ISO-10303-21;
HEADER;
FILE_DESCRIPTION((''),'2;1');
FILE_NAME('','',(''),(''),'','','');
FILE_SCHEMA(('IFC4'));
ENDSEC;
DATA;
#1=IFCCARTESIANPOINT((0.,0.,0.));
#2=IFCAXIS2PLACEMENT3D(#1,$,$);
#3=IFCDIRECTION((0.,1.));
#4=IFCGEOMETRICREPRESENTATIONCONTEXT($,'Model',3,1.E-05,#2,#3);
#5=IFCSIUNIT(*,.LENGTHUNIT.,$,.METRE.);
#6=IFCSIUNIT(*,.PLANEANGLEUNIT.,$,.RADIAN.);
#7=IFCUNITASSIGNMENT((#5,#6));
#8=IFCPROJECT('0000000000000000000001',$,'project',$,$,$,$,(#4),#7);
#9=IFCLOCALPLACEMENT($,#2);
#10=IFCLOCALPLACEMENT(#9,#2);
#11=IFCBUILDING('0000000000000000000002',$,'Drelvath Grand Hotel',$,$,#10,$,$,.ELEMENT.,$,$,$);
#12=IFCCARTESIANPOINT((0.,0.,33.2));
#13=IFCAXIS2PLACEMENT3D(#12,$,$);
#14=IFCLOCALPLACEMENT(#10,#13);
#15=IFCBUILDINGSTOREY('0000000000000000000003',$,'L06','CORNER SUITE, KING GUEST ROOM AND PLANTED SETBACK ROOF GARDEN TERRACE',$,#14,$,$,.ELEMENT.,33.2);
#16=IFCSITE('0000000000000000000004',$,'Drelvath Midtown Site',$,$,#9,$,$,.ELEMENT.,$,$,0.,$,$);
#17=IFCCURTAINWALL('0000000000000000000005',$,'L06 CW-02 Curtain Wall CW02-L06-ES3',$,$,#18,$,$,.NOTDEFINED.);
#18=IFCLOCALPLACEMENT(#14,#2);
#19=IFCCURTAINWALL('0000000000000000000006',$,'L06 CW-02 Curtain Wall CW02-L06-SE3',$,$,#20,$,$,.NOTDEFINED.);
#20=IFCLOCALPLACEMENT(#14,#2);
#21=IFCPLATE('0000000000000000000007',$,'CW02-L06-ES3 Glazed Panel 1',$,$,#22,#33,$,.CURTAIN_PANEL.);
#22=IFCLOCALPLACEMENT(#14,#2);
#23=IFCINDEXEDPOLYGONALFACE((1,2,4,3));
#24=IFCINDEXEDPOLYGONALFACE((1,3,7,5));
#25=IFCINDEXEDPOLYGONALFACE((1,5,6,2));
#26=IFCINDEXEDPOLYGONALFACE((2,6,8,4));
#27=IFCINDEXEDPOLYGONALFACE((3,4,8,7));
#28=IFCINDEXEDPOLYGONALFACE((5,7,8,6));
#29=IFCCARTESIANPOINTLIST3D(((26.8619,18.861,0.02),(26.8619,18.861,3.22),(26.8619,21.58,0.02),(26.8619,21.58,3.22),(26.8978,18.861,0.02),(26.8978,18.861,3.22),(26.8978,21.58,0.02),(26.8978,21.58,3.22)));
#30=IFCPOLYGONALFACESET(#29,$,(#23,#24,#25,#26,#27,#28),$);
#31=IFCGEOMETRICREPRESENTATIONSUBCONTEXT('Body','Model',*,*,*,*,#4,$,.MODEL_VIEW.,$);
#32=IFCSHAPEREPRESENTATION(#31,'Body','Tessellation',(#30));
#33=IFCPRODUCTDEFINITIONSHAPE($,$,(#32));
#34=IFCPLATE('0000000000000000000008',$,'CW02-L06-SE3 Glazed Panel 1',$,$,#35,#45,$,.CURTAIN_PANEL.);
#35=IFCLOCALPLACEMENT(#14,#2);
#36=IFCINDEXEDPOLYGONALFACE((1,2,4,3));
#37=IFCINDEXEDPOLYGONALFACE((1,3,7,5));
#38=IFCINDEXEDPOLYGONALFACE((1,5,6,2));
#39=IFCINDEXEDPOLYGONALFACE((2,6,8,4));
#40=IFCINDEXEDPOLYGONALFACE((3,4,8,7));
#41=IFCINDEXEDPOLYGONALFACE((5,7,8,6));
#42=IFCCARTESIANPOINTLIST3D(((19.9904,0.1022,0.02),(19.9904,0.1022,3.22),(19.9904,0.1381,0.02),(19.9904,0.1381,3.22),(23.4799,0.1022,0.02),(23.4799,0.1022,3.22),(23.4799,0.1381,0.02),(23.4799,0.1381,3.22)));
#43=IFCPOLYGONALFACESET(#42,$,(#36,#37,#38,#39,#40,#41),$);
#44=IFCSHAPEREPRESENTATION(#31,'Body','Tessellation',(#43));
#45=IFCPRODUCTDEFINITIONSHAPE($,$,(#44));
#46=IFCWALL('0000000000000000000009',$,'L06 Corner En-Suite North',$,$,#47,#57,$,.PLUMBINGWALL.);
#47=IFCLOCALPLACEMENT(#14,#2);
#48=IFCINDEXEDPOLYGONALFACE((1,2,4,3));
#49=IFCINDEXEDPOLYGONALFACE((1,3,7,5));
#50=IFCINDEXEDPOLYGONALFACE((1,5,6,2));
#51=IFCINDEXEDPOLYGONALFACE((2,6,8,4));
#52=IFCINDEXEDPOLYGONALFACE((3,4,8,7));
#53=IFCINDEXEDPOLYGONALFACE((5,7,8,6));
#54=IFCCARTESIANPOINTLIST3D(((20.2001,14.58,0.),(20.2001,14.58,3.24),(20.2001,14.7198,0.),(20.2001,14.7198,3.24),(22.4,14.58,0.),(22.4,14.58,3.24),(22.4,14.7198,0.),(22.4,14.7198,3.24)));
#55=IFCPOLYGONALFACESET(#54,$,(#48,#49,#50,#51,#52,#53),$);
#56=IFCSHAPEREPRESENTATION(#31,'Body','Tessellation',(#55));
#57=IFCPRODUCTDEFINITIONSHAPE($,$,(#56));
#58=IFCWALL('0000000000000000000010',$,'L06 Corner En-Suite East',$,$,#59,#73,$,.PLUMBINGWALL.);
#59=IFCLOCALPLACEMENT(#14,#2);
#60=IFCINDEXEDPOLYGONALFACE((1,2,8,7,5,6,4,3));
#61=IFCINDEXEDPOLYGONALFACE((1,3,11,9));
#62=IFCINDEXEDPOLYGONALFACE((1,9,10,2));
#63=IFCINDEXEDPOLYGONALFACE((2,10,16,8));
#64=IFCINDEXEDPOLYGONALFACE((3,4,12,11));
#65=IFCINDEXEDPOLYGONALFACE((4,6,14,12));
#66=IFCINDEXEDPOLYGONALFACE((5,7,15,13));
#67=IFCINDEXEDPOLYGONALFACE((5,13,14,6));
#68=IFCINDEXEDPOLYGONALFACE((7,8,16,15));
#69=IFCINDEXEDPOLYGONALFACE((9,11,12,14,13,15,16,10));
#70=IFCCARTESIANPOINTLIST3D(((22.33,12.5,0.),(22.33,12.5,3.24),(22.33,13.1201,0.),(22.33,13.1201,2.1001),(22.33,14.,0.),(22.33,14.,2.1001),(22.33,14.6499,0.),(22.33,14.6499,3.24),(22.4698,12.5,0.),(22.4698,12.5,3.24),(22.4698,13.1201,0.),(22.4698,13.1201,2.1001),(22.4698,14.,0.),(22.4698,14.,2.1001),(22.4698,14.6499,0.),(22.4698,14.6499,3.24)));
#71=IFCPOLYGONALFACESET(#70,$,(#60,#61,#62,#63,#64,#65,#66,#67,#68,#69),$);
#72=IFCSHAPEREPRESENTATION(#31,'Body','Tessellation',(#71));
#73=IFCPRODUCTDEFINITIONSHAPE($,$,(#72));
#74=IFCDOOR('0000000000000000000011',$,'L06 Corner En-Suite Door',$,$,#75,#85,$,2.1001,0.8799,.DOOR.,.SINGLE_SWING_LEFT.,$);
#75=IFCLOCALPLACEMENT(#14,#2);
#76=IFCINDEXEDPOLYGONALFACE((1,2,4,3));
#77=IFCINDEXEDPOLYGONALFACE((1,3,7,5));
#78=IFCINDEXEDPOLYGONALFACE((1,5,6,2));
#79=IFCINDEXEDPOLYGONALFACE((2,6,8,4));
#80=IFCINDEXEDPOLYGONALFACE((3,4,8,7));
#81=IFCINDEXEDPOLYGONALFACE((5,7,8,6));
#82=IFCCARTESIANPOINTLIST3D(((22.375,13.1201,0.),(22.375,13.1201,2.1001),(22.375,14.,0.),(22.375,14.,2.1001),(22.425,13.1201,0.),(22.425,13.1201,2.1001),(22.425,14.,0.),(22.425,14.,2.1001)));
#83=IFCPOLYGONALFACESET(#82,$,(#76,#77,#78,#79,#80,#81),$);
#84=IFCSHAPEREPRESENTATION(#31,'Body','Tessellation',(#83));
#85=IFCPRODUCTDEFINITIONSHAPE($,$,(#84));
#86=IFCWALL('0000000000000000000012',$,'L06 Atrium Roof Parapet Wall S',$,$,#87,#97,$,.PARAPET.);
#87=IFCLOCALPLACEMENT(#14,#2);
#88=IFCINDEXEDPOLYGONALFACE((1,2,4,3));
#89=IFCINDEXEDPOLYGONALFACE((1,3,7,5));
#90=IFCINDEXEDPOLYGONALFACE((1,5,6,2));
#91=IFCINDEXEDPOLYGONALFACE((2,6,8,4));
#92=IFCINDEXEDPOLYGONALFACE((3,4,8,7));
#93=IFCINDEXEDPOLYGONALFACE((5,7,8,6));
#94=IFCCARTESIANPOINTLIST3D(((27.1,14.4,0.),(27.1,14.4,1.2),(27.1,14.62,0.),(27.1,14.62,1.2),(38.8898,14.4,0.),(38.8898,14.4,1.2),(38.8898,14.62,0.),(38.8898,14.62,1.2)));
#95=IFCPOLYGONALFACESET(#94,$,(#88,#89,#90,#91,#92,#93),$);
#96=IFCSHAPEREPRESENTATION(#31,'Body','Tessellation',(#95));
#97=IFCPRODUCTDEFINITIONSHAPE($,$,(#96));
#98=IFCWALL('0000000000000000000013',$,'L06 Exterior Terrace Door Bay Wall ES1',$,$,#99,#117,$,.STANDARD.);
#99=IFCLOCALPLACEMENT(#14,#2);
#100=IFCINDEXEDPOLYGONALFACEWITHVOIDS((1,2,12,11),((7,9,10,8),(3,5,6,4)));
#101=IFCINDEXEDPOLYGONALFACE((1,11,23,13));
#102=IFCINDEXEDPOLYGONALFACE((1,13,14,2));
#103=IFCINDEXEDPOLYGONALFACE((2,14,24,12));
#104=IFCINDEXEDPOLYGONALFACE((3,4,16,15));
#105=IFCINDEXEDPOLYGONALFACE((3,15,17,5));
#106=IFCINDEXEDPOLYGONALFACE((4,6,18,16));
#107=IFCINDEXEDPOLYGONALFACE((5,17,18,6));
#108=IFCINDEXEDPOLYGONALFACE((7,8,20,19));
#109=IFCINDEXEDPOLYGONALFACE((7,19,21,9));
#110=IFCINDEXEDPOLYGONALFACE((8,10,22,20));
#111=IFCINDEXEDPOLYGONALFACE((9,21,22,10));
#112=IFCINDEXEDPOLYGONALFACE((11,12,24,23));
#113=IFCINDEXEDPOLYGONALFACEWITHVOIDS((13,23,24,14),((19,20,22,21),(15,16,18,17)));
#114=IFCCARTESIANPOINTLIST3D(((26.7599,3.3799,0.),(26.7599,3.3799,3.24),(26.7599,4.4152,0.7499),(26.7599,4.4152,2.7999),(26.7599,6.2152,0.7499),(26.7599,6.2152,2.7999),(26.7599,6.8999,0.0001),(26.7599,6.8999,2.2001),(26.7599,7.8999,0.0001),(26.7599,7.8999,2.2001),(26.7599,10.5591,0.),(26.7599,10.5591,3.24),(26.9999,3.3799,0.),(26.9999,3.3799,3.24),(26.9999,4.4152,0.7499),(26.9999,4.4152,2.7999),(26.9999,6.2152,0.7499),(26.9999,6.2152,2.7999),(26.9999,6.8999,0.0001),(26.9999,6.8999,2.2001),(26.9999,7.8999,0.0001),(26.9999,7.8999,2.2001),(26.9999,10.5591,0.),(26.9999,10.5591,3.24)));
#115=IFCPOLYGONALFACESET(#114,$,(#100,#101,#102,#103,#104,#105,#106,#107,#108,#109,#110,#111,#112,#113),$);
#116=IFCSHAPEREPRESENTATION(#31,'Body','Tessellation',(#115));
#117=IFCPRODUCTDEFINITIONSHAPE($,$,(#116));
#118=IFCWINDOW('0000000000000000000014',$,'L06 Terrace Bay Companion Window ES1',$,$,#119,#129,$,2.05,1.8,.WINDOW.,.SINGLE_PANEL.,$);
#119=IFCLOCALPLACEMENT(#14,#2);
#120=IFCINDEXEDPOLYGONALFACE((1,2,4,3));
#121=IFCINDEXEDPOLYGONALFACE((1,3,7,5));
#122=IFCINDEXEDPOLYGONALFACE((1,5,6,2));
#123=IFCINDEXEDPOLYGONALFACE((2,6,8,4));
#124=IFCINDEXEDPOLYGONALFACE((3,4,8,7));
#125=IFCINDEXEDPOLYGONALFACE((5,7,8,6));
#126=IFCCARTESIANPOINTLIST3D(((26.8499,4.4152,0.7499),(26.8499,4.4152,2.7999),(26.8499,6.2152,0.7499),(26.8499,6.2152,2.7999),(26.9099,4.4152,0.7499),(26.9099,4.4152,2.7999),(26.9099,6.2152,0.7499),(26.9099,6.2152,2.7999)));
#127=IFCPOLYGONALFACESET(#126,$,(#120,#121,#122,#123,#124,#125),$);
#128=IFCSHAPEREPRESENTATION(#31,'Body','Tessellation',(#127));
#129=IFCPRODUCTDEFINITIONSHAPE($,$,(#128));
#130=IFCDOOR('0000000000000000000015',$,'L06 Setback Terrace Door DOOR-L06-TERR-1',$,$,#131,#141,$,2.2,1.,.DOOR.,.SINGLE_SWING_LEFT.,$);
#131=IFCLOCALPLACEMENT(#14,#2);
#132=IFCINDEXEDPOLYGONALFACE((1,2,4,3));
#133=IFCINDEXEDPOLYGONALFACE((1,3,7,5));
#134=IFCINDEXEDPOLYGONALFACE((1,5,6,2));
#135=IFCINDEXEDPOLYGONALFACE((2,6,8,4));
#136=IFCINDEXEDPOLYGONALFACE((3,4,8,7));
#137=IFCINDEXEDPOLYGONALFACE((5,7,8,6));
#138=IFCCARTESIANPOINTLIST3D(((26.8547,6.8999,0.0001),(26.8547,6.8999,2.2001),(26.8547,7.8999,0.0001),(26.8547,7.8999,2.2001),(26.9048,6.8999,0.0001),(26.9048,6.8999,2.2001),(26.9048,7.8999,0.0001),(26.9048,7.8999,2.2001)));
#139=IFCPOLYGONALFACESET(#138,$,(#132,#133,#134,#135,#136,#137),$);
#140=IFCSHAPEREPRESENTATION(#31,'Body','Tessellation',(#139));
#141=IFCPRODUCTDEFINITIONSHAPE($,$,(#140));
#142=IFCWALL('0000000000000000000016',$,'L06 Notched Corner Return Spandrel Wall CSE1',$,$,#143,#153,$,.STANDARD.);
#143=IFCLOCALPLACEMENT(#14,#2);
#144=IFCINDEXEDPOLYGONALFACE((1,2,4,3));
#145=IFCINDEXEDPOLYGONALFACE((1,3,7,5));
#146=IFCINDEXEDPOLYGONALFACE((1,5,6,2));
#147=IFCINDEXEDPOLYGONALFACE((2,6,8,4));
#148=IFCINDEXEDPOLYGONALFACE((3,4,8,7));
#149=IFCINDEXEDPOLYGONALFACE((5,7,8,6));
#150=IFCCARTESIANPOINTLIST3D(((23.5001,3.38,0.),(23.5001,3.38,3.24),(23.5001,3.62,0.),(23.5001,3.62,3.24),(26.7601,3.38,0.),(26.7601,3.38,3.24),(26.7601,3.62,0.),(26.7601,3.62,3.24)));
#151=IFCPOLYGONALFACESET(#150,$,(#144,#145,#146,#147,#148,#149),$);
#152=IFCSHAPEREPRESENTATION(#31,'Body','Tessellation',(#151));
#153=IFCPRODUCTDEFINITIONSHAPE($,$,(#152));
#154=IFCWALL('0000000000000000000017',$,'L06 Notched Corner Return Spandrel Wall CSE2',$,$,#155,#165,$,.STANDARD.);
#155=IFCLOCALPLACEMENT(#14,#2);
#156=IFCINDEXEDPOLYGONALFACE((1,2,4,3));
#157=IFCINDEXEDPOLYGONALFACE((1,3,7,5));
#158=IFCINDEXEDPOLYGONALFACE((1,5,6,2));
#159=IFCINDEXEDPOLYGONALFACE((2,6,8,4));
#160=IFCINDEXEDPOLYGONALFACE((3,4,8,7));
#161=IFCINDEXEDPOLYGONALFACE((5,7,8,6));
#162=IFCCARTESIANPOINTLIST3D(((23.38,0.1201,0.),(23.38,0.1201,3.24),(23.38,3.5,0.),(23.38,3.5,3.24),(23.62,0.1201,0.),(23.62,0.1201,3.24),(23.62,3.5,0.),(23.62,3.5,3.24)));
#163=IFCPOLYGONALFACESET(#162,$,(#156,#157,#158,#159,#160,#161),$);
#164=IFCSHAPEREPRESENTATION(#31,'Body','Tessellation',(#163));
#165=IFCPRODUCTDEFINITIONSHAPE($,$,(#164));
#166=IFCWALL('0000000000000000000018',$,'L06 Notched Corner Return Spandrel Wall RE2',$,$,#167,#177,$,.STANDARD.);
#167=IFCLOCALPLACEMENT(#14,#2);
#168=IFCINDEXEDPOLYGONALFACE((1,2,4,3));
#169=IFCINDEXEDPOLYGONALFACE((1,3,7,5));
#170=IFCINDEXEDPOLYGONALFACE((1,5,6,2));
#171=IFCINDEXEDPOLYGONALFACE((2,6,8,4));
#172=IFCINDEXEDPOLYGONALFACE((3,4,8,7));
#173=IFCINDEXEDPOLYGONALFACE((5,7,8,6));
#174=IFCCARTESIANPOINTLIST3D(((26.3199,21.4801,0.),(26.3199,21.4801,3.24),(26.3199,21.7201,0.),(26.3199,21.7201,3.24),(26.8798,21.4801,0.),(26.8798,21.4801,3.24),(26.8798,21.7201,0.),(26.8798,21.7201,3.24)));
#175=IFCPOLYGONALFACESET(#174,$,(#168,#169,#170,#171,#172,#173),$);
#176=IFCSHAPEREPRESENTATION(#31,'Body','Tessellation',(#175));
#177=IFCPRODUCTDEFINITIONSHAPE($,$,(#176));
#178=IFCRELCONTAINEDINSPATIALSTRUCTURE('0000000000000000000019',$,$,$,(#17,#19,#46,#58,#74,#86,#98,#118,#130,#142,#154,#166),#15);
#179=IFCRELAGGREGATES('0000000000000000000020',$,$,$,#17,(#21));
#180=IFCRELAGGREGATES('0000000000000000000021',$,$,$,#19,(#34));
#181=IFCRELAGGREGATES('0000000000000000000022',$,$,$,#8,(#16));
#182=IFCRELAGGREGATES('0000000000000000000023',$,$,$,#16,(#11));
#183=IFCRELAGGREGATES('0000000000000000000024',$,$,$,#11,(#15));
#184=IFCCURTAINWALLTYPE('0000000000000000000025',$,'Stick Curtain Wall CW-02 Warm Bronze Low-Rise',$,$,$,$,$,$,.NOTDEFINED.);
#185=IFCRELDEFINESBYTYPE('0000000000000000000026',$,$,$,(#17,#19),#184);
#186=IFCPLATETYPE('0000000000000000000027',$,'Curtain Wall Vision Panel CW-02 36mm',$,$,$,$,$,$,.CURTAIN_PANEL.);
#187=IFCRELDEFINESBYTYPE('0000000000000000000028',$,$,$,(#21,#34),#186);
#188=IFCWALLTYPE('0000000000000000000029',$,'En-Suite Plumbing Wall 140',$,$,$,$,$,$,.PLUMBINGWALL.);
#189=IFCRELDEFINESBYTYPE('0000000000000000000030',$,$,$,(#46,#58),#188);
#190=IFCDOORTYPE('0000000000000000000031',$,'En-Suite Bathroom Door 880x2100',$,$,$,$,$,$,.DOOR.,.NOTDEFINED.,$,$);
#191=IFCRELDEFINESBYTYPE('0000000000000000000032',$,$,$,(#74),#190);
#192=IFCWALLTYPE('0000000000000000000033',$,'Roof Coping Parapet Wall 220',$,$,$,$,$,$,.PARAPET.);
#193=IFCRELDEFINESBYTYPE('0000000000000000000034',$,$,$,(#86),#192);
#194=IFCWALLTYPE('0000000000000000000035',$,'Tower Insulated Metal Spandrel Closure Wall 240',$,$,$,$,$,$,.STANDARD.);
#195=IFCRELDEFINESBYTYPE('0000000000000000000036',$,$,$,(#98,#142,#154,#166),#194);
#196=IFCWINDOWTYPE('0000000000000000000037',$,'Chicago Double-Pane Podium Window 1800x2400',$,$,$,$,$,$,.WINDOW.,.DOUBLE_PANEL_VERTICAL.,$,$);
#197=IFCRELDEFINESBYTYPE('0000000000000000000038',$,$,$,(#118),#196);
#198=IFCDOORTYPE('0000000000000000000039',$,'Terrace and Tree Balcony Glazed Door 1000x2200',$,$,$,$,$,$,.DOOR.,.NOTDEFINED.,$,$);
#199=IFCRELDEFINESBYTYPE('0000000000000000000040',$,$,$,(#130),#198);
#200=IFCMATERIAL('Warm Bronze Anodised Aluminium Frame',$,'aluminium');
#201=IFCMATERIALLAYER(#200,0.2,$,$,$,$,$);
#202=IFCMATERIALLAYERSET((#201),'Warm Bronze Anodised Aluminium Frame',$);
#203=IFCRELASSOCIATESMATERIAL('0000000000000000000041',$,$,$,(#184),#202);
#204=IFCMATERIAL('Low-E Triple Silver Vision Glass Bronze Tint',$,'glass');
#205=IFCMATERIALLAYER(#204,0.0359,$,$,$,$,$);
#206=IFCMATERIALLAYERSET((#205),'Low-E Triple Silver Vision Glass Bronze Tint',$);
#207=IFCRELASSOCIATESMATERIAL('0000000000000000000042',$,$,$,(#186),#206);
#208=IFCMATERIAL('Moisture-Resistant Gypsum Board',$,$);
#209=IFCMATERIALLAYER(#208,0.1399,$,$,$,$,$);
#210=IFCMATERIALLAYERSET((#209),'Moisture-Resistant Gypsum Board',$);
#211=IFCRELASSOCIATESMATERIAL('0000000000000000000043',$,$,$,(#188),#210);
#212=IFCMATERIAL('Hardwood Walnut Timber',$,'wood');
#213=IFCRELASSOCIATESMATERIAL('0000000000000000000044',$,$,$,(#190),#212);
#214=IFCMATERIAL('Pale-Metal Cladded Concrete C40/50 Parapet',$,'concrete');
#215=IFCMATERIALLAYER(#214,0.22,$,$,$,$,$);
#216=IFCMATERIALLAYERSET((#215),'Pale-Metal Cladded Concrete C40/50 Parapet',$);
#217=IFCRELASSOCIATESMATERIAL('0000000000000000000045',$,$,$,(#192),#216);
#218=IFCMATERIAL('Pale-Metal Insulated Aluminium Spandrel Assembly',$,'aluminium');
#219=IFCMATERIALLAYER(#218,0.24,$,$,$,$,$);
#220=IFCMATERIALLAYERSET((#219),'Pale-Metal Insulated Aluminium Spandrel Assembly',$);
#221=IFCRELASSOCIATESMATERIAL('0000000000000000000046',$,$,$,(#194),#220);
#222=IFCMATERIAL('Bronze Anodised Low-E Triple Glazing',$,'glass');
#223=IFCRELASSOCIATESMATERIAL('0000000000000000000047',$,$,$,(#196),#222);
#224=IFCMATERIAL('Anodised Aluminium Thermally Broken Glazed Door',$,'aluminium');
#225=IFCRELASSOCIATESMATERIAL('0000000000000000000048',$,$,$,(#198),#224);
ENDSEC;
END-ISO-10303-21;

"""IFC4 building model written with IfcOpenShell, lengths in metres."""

from ifc_helpers import new_model, si_unit, direction, frame, frame_2d, origin, origin_2d, place, context, subcontext, project, spatial, rectangle, extrude, material, layer, layer_set, type_object, element, fill, aggregate, save


model = new_model("IFC4")

# Units and contexts
model_context = context("Model", 3, precision=1e-05, world=origin(), true_north=direction((0.0, 1.0)))
body_context = subcontext(model_context, "Body", "Model", "MODEL_VIEW")
ifc_project = project(units=[si_unit("LENGTHUNIT", "METRE"), si_unit("PLANEANGLEUNIT", "RADIAN")], contexts=[model_context])

# Site, building, storey
site_placement = place(None, origin())
site = spatial("IfcSite", under=ifc_project, at=site_placement, Name="Drelvath Midtown Site", CompositionType="ELEMENT", RefElevation=0.0)
building_placement = place(site_placement, origin())
building = spatial("IfcBuilding", under=site, at=building_placement, Name="Drelvath Grand Hotel", CompositionType="ELEMENT")
storey_placement = place(building_placement, frame((0.0, 0.0, 33.2)))
storey = spatial("IfcBuildingStorey", under=building, at=storey_placement, Name="L06", Description="CORNER SUITE, KING GUEST ROOM AND PLANTED SETBACK ROOF GARDEN TERRACE", CompositionType="ELEMENT", Elevation=33.2)

# Curtain walls
ifc_material_1 = material(Name="Warm Bronze Anodised Aluminium Frame", Category="aluminium")
ifc_layer_1 = layer(ifc_material_1, 0.2)
ifc_layer_set_1 = layer_set([ifc_layer_1], Name="Warm Bronze Anodised Aluminium Frame")
curtain_wall_type = type_object("IfcCurtainWallType", Name="Stick Curtain Wall CW-02 Warm Bronze Low-Rise", PredefinedType="NOTDEFINED", material=ifc_layer_set_1)
curtain_wall_1_placement = place(storey_placement, origin())
curtain_wall_1 = element("IfcCurtainWall", 1, at=curtain_wall_1_placement, inside=storey, type_object=curtain_wall_type, Name="L06 CW-02 Curtain Wall CW02-L06-ES3", PredefinedType="NOTDEFINED")
curtain_wall_2_placement = place(storey_placement, origin())
curtain_wall_2 = element("IfcCurtainWall", 2, at=curtain_wall_2_placement, inside=storey, type_object=curtain_wall_type, Name="L06 CW-02 Curtain Wall CW02-L06-SE3", PredefinedType="NOTDEFINED")

# Plates
ifc_material_2 = material(Name="Low-E Triple Silver Vision Glass Bronze Tint", Category="glass")
ifc_layer_2 = layer(ifc_material_2, 0.0359)
ifc_layer_set_2 = layer_set([ifc_layer_2], Name="Low-E Triple Silver Vision Glass Bronze Tint")
plate_type = type_object("IfcPlateType", Name="Curtain Wall Vision Panel CW-02 36mm", PredefinedType="CURTAIN_PANEL", material=ifc_layer_set_2)
plate_1_placement = place(storey_placement, frame((26.8799, 20.2205, 0.02), z_axis=(0.0, 0.0, 1.0), x_axis=(0.0, -1.0, 0.0)))
plate_1 = element("IfcPlate", 3, at=plate_1_placement, type_object=plate_type, Name="CW02-L06-ES3 Glazed Panel 1", PredefinedType="CURTAIN_PANEL", context=body_context, shape_type="SweptSolid", body=[
    extrude(rectangle(XDim=2.719, YDim=0.0359, at=origin_2d()), origin(), (0.0, 0.0, 1.0), 3.2),
])
aggregate(curtain_wall_1, [plate_1])
plate_2_placement = place(storey_placement, frame((21.7351, 0.1201, 0.02), z_axis=(0.0, 0.0, 1.0), x_axis=(-1.0, 0.0, 0.0)))
plate_2 = element("IfcPlate", 4, at=plate_2_placement, type_object=plate_type, Name="CW02-L06-SE3 Glazed Panel 1", PredefinedType="CURTAIN_PANEL", context=body_context, shape_type="SweptSolid", body=[
    extrude(rectangle(XDim=3.4895, YDim=0.0359, at=origin_2d()), origin(), (0.0, 0.0, 1.0), 3.2),
])
aggregate(curtain_wall_2, [plate_2])

# Wall
ifc_material_3 = material(Name="Moisture-Resistant Gypsum Board")
ifc_layer_3 = layer(ifc_material_3, 0.1399)
ifc_layer_set_3 = layer_set([ifc_layer_3], Name="Moisture-Resistant Gypsum Board")
wall_type_1 = type_object("IfcWallType", Name="En-Suite Plumbing Wall 140", PredefinedType="PLUMBINGWALL", material=ifc_layer_set_3)
wall_1_placement = place(storey_placement, frame((20.2, 14.6499, 0.0), z_axis=(0.0, 0.0, 1.0), x_axis=(1.0, 0.0, 0.0)))
element("IfcWall", 5, at=wall_1_placement, inside=storey, type_object=wall_type_1, Name="L06 Corner En-Suite North", PredefinedType="PLUMBINGWALL", context=body_context, shape_type="SweptSolid", body=[
    extrude(rectangle(XDim=2.2, YDim=0.1399, at=frame_2d((1.1001, 0.0))), origin(), (0.0, 0.0, 1.0), 3.24),
])

# Wall, opening, door
wall_2_placement = place(storey_placement, frame((22.3999, 12.5, 0.0), z_axis=(0.0, 0.0, 1.0), x_axis=(0.0, 1.0, 0.0)))
wall_2 = element("IfcWall", 6, at=wall_2_placement, inside=storey, type_object=wall_type_1, Name="L06 Corner En-Suite East", PredefinedType="PLUMBINGWALL", context=body_context, shape_type="SweptSolid", body=[
    extrude(rectangle(XDim=2.1499, YDim=0.1399, at=frame_2d((1.075, 0.0))), origin(), (0.0, 0.0, 1.0), 3.24),
])
opening_1_placement = place(wall_2_placement, frame((0.6201, 0.0, 0.0)))
opening_1 = element("IfcOpeningElement", 7, at=opening_1_placement, cuts=wall_2, PredefinedType="OPENING", context=body_context, shape_type="SweptSolid", body=[
    extrude(rectangle(XDim=0.8799, YDim=2.1001, at=frame_2d((0.4399, 1.05))), frame((0.0, 0.0798, 0.0), z_axis=(0.0, -1.0, 0.0), x_axis=(1.0, 0.0, 0.0)), (0.0, 0.0, 1.0), 0.1599),
])
ifc_material_4 = material(Name="Hardwood Walnut Timber", Category="wood")
door_type_1 = type_object("IfcDoorType", Name="En-Suite Bathroom Door 880x2100", OperationType="NOTDEFINED", PredefinedType="DOOR", material=ifc_material_4)
door_1_placement = place(opening_1_placement, origin())
door_1 = element("IfcDoor", 8, at=door_1_placement, inside=storey, type_object=door_type_1, Name="L06 Corner En-Suite Door", OperationType="SINGLE_SWING_LEFT", OverallHeight=2.1001, OverallWidth=0.8799, PredefinedType="DOOR", context=body_context, shape_type="SweptSolid", body=[
    extrude(rectangle(XDim=0.8799, YDim=2.1001, at=frame_2d((0.4399, 1.05))), frame((0.0, 0.0249, 0.0), z_axis=(0.0, -1.0, 0.0), x_axis=(1.0, 0.0, 0.0)), (0.0, 0.0, 1.0), 0.05),
])
fill(opening_1, door_1)

# Wall
ifc_material_5 = material(Name="Pale-Metal Cladded Concrete C40/50 Parapet", Category="concrete")
ifc_layer_4 = layer(ifc_material_5, 0.22)
ifc_layer_set_4 = layer_set([ifc_layer_4], Name="Pale-Metal Cladded Concrete C40/50 Parapet")
wall_type_2 = type_object("IfcWallType", Name="Roof Coping Parapet Wall 220", PredefinedType="PARAPET", material=ifc_layer_set_4)
wall_3_placement = place(storey_placement, frame((38.8899, 14.51, 0.0), z_axis=(0.0, 0.0, 1.0), x_axis=(-1.0, 0.0, 0.0)))
element("IfcWall", 9, at=wall_3_placement, inside=storey, type_object=wall_type_2, Name="L06 Atrium Roof Parapet Wall S", PredefinedType="PARAPET", context=body_context, shape_type="SweptSolid", body=[
    extrude(rectangle(XDim=11.7898, YDim=0.22, at=frame_2d((5.895, 0.0))), origin(), (0.0, 0.0, 1.0), 1.2),
])

# Wall, openings, window, door
ifc_material_6 = material(Name="Pale-Metal Insulated Aluminium Spandrel Assembly", Category="aluminium")
ifc_layer_5 = layer(ifc_material_6, 0.24)
ifc_layer_set_5 = layer_set([ifc_layer_5], Name="Pale-Metal Insulated Aluminium Spandrel Assembly")
wall_type_3 = type_object("IfcWallType", Name="Tower Insulated Metal Spandrel Closure Wall 240", PredefinedType="STANDARD", material=ifc_layer_set_5)
wall_4_placement = place(storey_placement, frame((26.8799, 10.5591, 0.0), z_axis=(0.0, 0.0, 1.0), x_axis=(0.0, -1.0, 0.0)))
wall_4 = element("IfcWall", 10, at=wall_4_placement, inside=storey, type_object=wall_type_3, Name="L06 Exterior Terrace Door Bay Wall ES1", PredefinedType="STANDARD", context=body_context, shape_type="SweptSolid", body=[
    extrude(rectangle(XDim=7.1792, YDim=0.24, at=frame_2d((3.5896, 0.0))), origin(), (0.0, 0.0, 1.0), 3.24),
])
opening_2_placement = place(wall_4_placement, frame((2.6592, 0.0, 0.0)))
opening_2 = element("IfcOpeningElement", 11, at=opening_2_placement, cuts=wall_4, PredefinedType="OPENING", context=body_context, shape_type="SweptSolid", body=[
    extrude(rectangle(XDim=1.0, YDim=2.2, at=frame_2d((0.5, 1.1001))), frame((0.0, 0.1299, 0.0), z_axis=(0.0, -1.0, 0.0), x_axis=(1.0, 0.0, 0.0)), (0.0, 0.0, 1.0), 0.26),
])
opening_3_placement = place(wall_4_placement, frame((4.344, 0.0, 0.75)))
opening_3 = element("IfcOpeningElement", 12, at=opening_3_placement, cuts=wall_4, PredefinedType="OPENING", context=body_context, shape_type="SweptSolid", body=[
    extrude(rectangle(XDim=1.8, YDim=2.05, at=frame_2d((0.8999, 1.0249))), frame((0.0, 0.1299, 0.0), z_axis=(0.0, -1.0, 0.0), x_axis=(1.0, 0.0, 0.0)), (0.0, 0.0, 1.0), 0.26),
])
ifc_material_7 = material(Name="Bronze Anodised Low-E Triple Glazing", Category="glass")
window_type = type_object("IfcWindowType", Name="Chicago Double-Pane Podium Window 1800x2400", PartitioningType="DOUBLE_PANEL_VERTICAL", PredefinedType="WINDOW", material=ifc_material_7)
window_placement = place(opening_3_placement, origin())
window = element("IfcWindow", 13, at=window_placement, inside=storey, type_object=window_type, Name="L06 Terrace Bay Companion Window ES1", OverallHeight=2.05, OverallWidth=1.8, PartitioningType="SINGLE_PANEL", PredefinedType="WINDOW", context=body_context, shape_type="SweptSolid", body=[
    extrude(rectangle(XDim=1.8, YDim=2.05, at=frame_2d((0.8999, 1.0249))), frame((0.0, 0.03, 0.0), z_axis=(0.0, -1.0, 0.0), x_axis=(1.0, 0.0, 0.0)), (0.0, 0.0, 1.0), 0.0601),
])
fill(opening_3, window)
ifc_material_8 = material(Name="Anodised Aluminium Thermally Broken Glazed Door", Category="aluminium")
door_type_2 = type_object("IfcDoorType", Name="Terrace and Tree Balcony Glazed Door 1000x2200", OperationType="NOTDEFINED", PredefinedType="DOOR", material=ifc_material_8)
door_2_placement = place(opening_2_placement, origin())
door_2 = element("IfcDoor", 14, at=door_2_placement, inside=storey, type_object=door_type_2, Name="L06 Setback Terrace Door DOOR-L06-TERR-1", OperationType="SINGLE_SWING_LEFT", OverallHeight=2.2, OverallWidth=1.0, PredefinedType="DOOR", context=body_context, shape_type="SweptSolid", body=[
    extrude(rectangle(XDim=1.0, YDim=2.2, at=frame_2d((0.5, 1.1001))), frame((0.0, 0.0249, 0.0), z_axis=(0.0, -1.0, 0.0), x_axis=(1.0, 0.0, 0.0)), (0.0, 0.0, 1.0), 0.05),
])
fill(opening_2, door_2)

# Walls
wall_5_placement = place(storey_placement, frame((26.76, 3.5, 0.0), z_axis=(0.0, 0.0, 1.0), x_axis=(-1.0, 0.0, 0.0)))
element("IfcWall", 15, at=wall_5_placement, inside=storey, type_object=wall_type_3, Name="L06 Notched Corner Return Spandrel Wall CSE1", PredefinedType="STANDARD", context=body_context, shape_type="SweptSolid", body=[
    extrude(rectangle(XDim=3.26, YDim=0.24, at=frame_2d((1.6299, 0.0))), origin(), (0.0, 0.0, 1.0), 3.24),
])
wall_6_placement = place(storey_placement, frame((23.5, 3.5, 0.0), z_axis=(0.0, 0.0, 1.0), x_axis=(0.0, -1.0, 0.0)))
element("IfcWall", 16, at=wall_6_placement, inside=storey, type_object=wall_type_3, Name="L06 Notched Corner Return Spandrel Wall CSE2", PredefinedType="STANDARD", context=body_context, shape_type="SweptSolid", body=[
    extrude(rectangle(XDim=3.3799, YDim=0.24, at=frame_2d((1.6899, 0.0))), origin(), (0.0, 0.0, 1.0), 3.24),
])
wall_7_placement = place(storey_placement, frame((26.3201, 21.6001, 0.0), z_axis=(0.0, 0.0, 1.0), x_axis=(1.0, 0.0, 0.0)))
element("IfcWall", 17, at=wall_7_placement, inside=storey, type_object=wall_type_3, Name="L06 Notched Corner Return Spandrel Wall RE2", PredefinedType="STANDARD", context=body_context, shape_type="SweptSolid", body=[
    extrude(rectangle(XDim=0.5598, YDim=0.24, at=frame_2d((0.2798, 0.0))), origin(), (0.0, 0.0, 1.0), 3.24),
])

save(model, "model.ifc")
